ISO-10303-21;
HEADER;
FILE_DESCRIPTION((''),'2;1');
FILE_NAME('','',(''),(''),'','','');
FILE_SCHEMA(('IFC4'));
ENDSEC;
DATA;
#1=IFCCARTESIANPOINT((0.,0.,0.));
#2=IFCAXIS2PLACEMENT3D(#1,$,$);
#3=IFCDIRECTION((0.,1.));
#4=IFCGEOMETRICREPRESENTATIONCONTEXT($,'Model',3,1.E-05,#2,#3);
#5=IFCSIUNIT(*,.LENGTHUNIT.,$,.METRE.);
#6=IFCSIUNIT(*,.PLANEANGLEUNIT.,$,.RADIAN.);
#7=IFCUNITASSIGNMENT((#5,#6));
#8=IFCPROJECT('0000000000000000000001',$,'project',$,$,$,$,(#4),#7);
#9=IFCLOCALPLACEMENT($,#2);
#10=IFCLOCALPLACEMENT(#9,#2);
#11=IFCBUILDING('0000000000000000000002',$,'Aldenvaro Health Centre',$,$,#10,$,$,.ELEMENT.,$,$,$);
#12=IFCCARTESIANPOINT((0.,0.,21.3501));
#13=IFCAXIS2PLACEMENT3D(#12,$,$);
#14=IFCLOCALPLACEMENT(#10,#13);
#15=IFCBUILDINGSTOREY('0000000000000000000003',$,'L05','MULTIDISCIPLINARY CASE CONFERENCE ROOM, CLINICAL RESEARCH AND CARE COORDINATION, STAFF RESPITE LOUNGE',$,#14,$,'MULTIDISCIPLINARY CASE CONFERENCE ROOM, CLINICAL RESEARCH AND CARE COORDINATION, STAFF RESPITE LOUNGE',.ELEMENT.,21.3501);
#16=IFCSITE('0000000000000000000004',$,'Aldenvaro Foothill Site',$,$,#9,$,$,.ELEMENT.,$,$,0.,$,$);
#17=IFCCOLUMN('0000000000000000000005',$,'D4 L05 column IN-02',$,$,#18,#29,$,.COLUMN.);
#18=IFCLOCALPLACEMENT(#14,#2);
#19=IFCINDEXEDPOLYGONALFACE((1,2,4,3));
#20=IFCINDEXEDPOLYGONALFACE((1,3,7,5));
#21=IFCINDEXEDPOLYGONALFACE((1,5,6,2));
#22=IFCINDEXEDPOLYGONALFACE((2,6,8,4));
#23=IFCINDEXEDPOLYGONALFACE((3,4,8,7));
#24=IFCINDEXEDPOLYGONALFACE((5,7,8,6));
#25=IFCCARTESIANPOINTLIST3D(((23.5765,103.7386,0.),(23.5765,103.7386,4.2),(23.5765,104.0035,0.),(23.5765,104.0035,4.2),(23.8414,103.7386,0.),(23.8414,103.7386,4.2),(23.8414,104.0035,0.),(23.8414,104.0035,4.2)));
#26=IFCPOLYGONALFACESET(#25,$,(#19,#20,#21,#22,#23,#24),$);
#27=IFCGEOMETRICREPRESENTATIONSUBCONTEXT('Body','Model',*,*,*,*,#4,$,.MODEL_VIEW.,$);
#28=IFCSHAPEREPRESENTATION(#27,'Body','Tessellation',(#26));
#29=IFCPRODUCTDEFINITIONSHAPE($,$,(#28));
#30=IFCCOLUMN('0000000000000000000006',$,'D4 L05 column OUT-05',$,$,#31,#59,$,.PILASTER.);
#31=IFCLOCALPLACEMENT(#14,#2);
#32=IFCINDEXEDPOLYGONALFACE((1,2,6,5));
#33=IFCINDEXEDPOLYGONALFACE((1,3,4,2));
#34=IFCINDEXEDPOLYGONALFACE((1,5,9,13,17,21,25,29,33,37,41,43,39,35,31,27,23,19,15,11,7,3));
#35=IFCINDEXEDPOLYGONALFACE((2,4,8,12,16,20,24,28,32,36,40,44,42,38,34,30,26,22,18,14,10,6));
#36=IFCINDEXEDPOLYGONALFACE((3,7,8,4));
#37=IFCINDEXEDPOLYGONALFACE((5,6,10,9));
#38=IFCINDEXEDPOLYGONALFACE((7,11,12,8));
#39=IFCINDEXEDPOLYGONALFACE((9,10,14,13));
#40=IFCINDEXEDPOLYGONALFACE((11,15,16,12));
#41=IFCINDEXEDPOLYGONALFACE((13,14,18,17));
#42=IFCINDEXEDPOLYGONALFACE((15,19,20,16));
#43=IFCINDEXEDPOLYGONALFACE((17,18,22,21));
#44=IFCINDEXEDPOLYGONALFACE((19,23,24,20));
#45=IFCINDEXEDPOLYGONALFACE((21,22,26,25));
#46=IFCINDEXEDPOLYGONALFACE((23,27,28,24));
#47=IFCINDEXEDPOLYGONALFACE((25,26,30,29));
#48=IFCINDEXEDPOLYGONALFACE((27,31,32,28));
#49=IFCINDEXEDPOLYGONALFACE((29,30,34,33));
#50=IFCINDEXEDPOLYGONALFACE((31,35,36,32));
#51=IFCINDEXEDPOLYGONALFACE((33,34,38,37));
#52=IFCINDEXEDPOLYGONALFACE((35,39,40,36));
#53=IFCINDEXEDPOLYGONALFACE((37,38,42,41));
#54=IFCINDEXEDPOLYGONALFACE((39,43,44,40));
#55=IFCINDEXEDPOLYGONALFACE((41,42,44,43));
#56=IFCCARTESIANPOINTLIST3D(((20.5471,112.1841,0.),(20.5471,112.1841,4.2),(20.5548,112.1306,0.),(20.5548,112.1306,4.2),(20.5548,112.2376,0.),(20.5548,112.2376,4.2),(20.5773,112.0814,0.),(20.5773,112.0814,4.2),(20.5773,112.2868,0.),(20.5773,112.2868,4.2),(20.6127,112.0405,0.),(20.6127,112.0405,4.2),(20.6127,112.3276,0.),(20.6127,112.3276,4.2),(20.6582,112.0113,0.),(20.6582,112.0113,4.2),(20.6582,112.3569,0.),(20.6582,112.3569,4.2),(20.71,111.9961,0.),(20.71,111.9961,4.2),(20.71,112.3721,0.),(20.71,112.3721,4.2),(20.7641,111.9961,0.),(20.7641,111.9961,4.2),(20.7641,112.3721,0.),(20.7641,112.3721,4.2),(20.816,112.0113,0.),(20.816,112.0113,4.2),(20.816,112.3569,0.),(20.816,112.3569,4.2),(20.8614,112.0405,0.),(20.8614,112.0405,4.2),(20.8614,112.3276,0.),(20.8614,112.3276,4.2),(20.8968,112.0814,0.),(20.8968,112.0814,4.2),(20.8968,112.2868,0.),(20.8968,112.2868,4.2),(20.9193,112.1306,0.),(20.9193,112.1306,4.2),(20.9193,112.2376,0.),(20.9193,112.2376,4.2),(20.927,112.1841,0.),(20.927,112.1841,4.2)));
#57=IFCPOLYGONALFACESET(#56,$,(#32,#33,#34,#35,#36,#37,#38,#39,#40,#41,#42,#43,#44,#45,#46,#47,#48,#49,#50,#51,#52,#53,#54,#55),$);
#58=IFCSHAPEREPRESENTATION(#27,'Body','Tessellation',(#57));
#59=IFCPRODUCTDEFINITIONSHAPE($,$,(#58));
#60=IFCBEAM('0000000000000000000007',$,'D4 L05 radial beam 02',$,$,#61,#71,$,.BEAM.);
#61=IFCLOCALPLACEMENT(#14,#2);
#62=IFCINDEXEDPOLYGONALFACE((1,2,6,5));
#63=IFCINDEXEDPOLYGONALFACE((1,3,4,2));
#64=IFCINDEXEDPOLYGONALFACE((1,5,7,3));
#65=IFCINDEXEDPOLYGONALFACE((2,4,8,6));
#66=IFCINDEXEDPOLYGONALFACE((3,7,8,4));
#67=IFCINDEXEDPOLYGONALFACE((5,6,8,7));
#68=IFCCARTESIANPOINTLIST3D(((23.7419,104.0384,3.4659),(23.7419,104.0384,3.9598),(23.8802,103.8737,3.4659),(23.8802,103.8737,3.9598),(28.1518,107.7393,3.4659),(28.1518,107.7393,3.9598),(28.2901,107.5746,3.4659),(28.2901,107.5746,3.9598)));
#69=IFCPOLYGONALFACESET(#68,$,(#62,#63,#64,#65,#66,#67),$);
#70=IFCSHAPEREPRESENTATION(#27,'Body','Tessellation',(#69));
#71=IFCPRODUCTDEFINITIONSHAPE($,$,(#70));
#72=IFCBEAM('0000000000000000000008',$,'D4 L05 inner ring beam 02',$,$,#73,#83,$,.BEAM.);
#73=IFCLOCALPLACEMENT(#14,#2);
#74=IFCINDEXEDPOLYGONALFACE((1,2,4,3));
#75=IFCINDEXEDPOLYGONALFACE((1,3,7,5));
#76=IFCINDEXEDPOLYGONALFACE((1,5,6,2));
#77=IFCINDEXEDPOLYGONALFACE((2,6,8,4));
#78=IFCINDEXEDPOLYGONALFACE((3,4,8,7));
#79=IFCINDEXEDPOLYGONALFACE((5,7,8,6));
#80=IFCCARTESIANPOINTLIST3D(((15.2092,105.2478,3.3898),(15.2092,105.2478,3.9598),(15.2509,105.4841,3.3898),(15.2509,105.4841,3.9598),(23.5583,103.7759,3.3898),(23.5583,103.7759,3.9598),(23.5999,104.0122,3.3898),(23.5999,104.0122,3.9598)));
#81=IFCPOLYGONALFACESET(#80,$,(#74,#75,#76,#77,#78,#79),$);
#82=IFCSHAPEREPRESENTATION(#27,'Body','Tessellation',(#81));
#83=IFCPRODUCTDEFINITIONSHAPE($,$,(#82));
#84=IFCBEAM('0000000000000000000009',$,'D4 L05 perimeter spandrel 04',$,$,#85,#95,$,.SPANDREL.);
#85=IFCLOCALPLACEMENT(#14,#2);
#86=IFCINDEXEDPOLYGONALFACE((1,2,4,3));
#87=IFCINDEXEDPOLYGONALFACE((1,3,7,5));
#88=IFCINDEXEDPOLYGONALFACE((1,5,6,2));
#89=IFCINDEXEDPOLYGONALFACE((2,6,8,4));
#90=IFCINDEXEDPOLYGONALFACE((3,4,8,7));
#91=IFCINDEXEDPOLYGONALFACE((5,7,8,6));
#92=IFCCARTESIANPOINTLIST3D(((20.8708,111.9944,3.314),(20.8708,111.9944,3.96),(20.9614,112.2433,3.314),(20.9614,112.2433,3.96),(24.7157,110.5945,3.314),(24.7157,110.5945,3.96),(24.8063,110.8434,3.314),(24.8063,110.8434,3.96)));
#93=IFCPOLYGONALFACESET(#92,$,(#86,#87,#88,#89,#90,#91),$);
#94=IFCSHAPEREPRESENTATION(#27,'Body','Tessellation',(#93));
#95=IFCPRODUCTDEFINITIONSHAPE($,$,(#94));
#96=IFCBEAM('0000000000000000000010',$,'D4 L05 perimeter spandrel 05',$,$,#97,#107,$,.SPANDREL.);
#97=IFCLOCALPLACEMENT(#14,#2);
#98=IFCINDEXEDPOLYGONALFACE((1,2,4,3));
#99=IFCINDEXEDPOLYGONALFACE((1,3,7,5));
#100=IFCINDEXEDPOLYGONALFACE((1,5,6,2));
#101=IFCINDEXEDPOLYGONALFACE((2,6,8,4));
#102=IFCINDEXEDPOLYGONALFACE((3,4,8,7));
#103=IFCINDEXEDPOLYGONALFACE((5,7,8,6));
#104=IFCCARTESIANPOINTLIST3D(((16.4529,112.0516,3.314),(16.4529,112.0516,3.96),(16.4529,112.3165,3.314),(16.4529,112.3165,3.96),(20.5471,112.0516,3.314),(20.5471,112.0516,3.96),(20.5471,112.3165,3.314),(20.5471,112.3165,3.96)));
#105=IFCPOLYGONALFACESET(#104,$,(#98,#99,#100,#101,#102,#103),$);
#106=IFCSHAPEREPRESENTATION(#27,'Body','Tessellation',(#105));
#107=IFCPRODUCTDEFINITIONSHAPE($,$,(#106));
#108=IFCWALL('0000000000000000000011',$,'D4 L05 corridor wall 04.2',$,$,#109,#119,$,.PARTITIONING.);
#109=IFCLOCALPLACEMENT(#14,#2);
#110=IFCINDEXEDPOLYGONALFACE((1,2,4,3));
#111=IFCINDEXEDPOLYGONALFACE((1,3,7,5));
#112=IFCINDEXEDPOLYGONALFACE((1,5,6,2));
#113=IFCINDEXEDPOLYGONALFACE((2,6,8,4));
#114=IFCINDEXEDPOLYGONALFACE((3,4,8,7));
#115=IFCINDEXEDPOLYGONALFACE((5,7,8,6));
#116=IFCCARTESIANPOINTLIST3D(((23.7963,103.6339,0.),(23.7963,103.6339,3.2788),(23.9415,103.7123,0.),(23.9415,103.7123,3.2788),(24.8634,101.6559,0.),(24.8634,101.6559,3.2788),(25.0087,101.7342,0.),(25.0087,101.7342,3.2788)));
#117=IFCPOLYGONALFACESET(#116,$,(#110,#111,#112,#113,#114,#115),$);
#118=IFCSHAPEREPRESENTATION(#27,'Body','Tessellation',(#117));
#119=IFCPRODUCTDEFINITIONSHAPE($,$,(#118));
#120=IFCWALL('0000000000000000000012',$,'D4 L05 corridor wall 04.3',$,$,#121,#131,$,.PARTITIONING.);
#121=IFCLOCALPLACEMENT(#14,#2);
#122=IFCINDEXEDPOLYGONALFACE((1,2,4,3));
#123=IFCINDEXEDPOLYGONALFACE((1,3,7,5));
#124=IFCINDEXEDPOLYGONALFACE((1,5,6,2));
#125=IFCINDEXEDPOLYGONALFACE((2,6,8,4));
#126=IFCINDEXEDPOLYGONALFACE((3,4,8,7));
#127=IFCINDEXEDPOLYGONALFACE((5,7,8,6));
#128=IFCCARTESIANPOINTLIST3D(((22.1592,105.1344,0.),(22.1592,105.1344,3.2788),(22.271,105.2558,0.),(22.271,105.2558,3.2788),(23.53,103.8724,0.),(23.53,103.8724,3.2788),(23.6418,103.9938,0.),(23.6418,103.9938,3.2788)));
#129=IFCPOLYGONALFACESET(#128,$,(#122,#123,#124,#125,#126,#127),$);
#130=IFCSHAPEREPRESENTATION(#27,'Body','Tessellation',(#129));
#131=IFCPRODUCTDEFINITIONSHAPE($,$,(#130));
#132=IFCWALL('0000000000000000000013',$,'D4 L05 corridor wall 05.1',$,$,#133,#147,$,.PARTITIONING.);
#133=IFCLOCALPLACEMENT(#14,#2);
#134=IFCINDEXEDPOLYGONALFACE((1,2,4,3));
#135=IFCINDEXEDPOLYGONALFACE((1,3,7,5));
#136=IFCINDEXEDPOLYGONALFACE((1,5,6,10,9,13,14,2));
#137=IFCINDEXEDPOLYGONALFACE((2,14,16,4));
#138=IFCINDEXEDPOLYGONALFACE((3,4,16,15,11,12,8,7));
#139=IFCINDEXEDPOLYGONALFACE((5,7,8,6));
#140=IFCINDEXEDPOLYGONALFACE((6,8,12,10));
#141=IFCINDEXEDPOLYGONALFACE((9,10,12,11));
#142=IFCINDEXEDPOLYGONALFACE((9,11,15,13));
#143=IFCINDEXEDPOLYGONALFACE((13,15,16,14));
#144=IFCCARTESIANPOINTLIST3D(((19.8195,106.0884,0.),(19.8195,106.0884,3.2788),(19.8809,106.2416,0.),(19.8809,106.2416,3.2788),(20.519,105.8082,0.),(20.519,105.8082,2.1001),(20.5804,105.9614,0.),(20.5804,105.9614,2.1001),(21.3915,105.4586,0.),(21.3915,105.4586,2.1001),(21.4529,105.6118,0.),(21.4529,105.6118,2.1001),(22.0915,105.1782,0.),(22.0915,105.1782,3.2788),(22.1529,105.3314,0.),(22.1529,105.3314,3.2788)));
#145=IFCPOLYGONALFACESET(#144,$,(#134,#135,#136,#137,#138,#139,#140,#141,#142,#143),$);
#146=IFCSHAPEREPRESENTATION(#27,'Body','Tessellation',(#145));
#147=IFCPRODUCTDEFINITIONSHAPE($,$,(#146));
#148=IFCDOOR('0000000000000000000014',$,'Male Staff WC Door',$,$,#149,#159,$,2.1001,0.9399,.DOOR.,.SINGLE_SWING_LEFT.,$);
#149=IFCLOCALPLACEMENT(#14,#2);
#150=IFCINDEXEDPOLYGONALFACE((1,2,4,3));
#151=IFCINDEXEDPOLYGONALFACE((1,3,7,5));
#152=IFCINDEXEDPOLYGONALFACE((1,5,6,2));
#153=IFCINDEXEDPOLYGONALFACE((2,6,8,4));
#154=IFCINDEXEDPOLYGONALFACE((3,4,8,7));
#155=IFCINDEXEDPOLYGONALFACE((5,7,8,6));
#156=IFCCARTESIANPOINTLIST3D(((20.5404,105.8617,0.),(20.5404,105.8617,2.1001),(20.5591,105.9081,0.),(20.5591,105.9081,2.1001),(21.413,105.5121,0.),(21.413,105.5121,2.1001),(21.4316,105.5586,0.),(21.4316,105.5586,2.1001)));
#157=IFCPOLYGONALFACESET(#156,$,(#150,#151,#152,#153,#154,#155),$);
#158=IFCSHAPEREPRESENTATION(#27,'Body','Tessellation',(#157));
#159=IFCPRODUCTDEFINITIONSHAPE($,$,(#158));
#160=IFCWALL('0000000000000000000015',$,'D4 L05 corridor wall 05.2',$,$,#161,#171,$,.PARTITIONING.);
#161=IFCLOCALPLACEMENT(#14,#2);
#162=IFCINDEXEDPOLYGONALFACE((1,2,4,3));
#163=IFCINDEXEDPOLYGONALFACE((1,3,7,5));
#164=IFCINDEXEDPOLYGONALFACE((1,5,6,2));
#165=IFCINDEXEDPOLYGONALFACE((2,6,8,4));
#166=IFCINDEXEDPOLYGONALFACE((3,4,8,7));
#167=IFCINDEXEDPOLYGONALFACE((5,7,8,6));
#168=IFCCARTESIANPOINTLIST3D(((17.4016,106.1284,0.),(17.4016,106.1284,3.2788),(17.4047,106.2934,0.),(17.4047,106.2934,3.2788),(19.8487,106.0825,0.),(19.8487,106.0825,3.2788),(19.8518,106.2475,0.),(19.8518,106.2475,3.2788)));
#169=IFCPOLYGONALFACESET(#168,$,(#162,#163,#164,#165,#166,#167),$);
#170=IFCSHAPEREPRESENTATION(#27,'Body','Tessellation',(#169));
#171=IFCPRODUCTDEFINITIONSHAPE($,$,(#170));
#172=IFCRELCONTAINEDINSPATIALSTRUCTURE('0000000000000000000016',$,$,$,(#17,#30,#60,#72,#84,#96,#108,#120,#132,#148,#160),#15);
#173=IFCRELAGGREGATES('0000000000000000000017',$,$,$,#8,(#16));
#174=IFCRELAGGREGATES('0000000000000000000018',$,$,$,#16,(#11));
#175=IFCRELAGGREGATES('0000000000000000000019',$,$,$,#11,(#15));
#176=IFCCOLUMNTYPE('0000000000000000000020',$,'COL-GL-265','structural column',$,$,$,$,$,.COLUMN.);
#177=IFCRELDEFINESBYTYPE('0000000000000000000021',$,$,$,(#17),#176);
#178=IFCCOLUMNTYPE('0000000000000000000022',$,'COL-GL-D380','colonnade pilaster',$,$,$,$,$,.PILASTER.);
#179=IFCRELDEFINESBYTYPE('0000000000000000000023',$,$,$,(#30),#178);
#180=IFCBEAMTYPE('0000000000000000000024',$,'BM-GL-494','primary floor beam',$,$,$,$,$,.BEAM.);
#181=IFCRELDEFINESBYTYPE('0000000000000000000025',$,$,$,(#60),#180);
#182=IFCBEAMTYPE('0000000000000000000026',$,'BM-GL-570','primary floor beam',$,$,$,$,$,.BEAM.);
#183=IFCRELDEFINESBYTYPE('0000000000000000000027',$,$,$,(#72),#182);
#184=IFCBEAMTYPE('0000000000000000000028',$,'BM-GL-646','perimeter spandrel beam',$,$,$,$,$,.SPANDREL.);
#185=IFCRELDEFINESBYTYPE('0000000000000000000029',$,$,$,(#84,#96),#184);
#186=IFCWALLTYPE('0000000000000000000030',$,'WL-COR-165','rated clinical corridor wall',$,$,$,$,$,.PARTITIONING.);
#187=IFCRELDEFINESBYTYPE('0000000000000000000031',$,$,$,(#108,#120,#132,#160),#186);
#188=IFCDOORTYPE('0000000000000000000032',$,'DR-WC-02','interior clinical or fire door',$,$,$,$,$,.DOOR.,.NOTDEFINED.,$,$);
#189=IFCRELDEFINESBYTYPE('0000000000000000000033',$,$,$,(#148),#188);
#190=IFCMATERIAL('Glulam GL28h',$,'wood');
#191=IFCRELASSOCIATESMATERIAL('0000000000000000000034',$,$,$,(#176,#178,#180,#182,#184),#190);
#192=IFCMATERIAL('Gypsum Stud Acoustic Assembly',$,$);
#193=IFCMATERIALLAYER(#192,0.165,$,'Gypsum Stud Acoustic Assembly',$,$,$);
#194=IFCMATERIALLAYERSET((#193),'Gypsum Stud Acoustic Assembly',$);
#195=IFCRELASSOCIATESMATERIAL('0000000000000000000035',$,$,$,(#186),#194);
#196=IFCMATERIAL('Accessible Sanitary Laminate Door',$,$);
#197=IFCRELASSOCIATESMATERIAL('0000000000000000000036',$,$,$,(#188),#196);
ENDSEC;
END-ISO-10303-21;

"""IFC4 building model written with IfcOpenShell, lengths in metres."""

from ifc_helpers import new_model, si_unit, direction, frame, frame_2d, origin, origin_2d, place, context, subcontext, project, spatial, rectangle, circle, extrude, material, layer, layer_set, material_profile, profile_set, type_object, element, fill, save


model = new_model("IFC4")

# Units and contexts
model_context = context("Model", 3, precision=1e-05, world=origin(), true_north=direction((0.0, 1.0)))
body_context = subcontext(model_context, "Body", "Model", "MODEL_VIEW")
ifc_project = project(units=[si_unit("LENGTHUNIT", "METRE"), si_unit("PLANEANGLEUNIT", "RADIAN")], contexts=[model_context])

# Site, building, storey
site_placement = place(None, origin())
site = spatial("IfcSite", under=ifc_project, at=site_placement, Name="Aldenvaro Foothill Site", CompositionType="ELEMENT", RefElevation=0.0)
building_placement = place(site_placement, origin())
building = spatial("IfcBuilding", under=site, at=building_placement, Name="Aldenvaro Health Centre", CompositionType="ELEMENT")
storey_placement = place(building_placement, frame((0.0, 0.0, 21.3501)))
storey = spatial("IfcBuildingStorey", under=building, at=storey_placement, Name="L05", Description="MULTIDISCIPLINARY CASE CONFERENCE ROOM, CLINICAL RESEARCH AND CARE COORDINATION, STAFF RESPITE LOUNGE", LongName="MULTIDISCIPLINARY CASE CONFERENCE ROOM, CLINICAL RESEARCH AND CARE COORDINATION, STAFF RESPITE LOUNGE", CompositionType="ELEMENT", Elevation=21.3501)

# Columns
ifc_material_1 = material(Name="Glulam GL28h", Category="wood")
ifc_material_profile_1 = material_profile(ifc_material_1, rectangle(XDim=0.2649, YDim=0.2649, at=origin_2d()), Name="GL 265x265", Category="wood")
ifc_profile_set_1 = profile_set([ifc_material_profile_1], Name="Glulam GL28h")
column_type_1 = type_object("IfcColumnType", Name="COL-GL-265", Description="structural column", PredefinedType="COLUMN", material=ifc_profile_set_1)
column_1_placement = place(storey_placement, frame((23.709, 103.8711, 0.0), z_axis=(0.0, 0.0, 1.0), x_axis=(1.0, 0.0, 0.0)))
element("IfcColumn", 1, at=column_1_placement, inside=storey, type_object=column_type_1, Name="D4 L05 column IN-02", PredefinedType="COLUMN", context=body_context, shape_type="SweptSolid", body=[
    extrude(rectangle(XDim=0.2649, YDim=0.2649, at=origin_2d()), origin(), (0.0, 0.0, 1.0), 4.2),
])
ifc_material_profile_2 = material_profile(ifc_material_1, circle(Radius=0.1899, at=origin_2d()), Name="GL D380", Category="wood")
ifc_profile_set_2 = profile_set([ifc_material_profile_2], Name="Glulam GL28h")
column_type_2 = type_object("IfcColumnType", Name="COL-GL-D380", Description="colonnade pilaster", PredefinedType="PILASTER", material=ifc_profile_set_2)
column_2_placement = place(storey_placement, frame((20.7371, 112.1841, 0.0), z_axis=(0.0, 0.0, 1.0), x_axis=(1.0, 0.0, 0.0)))
element("IfcColumn", 2, at=column_2_placement, inside=storey, type_object=column_type_2, Name="D4 L05 column OUT-05", PredefinedType="PILASTER", context=body_context, shape_type="SweptSolid", body=[
    extrude(circle(Radius=0.1899, at=origin_2d()), origin(), (0.0, 0.0, 1.0), 4.2),
])

# Beams
ifc_material_profile_3 = material_profile(ifc_material_1, rectangle(XDim=0.2151, YDim=0.4939, at=origin_2d()), Name="GL 215x494", Category="wood")
ifc_profile_set_3 = profile_set([ifc_material_profile_3], Name="Glulam GL28h")
beam_type_1 = type_object("IfcBeamType", Name="BM-GL-494", Description="primary floor beam", PredefinedType="BEAM", material=ifc_profile_set_3)
beam_1_placement = place(storey_placement, frame((23.811, 103.9561, 3.7129), z_axis=(0.765996, 0.642846, 0.0), x_axis=(-0.642846, 0.765996, 0.0)))
element("IfcBeam", 3, at=beam_1_placement, inside=storey, type_object=beam_type_1, Name="D4 L05 radial beam 02", PredefinedType="BEAM", context=body_context, shape_type="SweptSolid", body=[
    extrude(rectangle(XDim=0.2151, YDim=0.4939, at=origin_2d()), origin(), (0.0, 0.0, 1.0), 5.7571),
])
ifc_material_profile_4 = material_profile(ifc_material_1, rectangle(XDim=0.24, YDim=0.5701, at=origin_2d()), Name="GL 240x570", Category="wood")
ifc_profile_set_4 = profile_set([ifc_material_profile_4], Name="Glulam GL28h")
beam_type_2 = type_object("IfcBeamType", Name="BM-GL-570", Description="primary floor beam", PredefinedType="BEAM", material=ifc_profile_set_4)
beam_2_placement = place(storey_placement, frame((23.5791, 103.894, 3.6748), z_axis=(-0.984813, 0.173619, 0.0), x_axis=(-0.173619, -0.984813, 0.0)))
element("IfcBeam", 4, at=beam_2_placement, inside=storey, type_object=beam_type_2, Name="D4 L05 inner ring beam 02", PredefinedType="BEAM", context=body_context, shape_type="SweptSolid", body=[
    extrude(rectangle(XDim=0.24, YDim=0.5701, at=origin_2d()), origin(), (0.0, 0.0, 1.0), 8.4778),
])
ifc_material_profile_5 = material_profile(ifc_material_1, rectangle(XDim=0.2649, YDim=0.646, at=origin_2d()), Name="GL 265x646", Category="wood")
ifc_profile_set_5 = profile_set([ifc_material_profile_5], Name="Glulam GL28h")
beam_type_3 = type_object("IfcBeamType", Name="BM-GL-646", Description="perimeter spandrel beam", PredefinedType="SPANDREL", material=ifc_profile_set_5)
beam_3_placement = place(storey_placement, frame((24.761, 110.719, 3.637), z_axis=(-0.939657, 0.342117, 0.0), x_axis=(-0.342117, -0.939657, 0.0)))
element("IfcBeam", 5, at=beam_3_placement, inside=storey, type_object=beam_type_3, Name="D4 L05 perimeter spandrel 04", PredefinedType="SPANDREL", context=body_context, shape_type="SweptSolid", body=[
    extrude(rectangle(XDim=0.2649, YDim=0.646, at=origin_2d()), origin(), (0.0, 0.0, 1.0), 4.0918),
])
beam_4_placement = place(storey_placement, frame((20.5471, 112.1841, 3.637), z_axis=(-1.0, 0.0, 0.0), x_axis=(0.0, -1.0, 0.0)))
element("IfcBeam", 6, at=beam_4_placement, inside=storey, type_object=beam_type_3, Name="D4 L05 perimeter spandrel 05", PredefinedType="SPANDREL", context=body_context, shape_type="SweptSolid", body=[
    extrude(rectangle(XDim=0.2649, YDim=0.646, at=origin_2d()), origin(), (0.0, 0.0, 1.0), 4.0942),
])

# Walls
ifc_material_2 = material(Name="Gypsum Stud Acoustic Assembly")
ifc_layer_1 = layer(ifc_material_2, 0.165, Name="Gypsum Stud Acoustic Assembly")
ifc_layer_set_1 = layer_set([ifc_layer_1], Name="Gypsum Stud Acoustic Assembly")
wall_type_1 = type_object("IfcWallType", Name="WL-COR-165", Description="rated clinical corridor wall", PredefinedType="PARTITIONING", material=ifc_layer_set_1)
wall_1_placement = place(storey_placement, frame((24.936, 101.6951, 0.0), z_axis=(0.0, 0.0, 1.0), x_axis=(-0.474806, 0.880091, 0.0)))
element("IfcWall", 7, at=wall_1_placement, inside=storey, type_object=wall_type_1, Name="D4 L05 corridor wall 04.2", PredefinedType="PARTITIONING", context=body_context, shape_type="SweptSolid", body=[
    extrude(rectangle(XDim=2.2476, YDim=0.165, at=frame_2d((1.1238, 0.0))), origin(), (0.0, 0.0, 1.0), 3.2788),
])
wall_2_placement = place(storey_placement, frame((23.5859, 103.9331, 0.0), z_axis=(0.0, 0.0, 1.0), x_axis=(-0.735722, 0.677284, 0.0)))
element("IfcWall", 8, at=wall_2_placement, inside=storey, type_object=wall_type_1, Name="D4 L05 corridor wall 04.3", PredefinedType="PARTITIONING", context=body_context, shape_type="SweptSolid", body=[
    extrude(rectangle(XDim=1.8633, YDim=0.165, at=frame_2d((0.9316, 0.0))), origin(), (0.0, 0.0, 1.0), 3.2788),
])

# Wall, opening, door
wall_3_placement = place(storey_placement, frame((22.1221, 105.2549, 0.0), z_axis=(0.0, 0.0, 1.0), x_axis=(-0.928284, 0.371872, 0.0)))
wall_3 = element("IfcWall", 9, at=wall_3_placement, inside=storey, type_object=wall_type_1, Name="D4 L05 corridor wall 05.1", PredefinedType="PARTITIONING", context=body_context, shape_type="SweptSolid", body=[
    extrude(rectangle(XDim=2.4475, YDim=0.165, at=frame_2d((1.2236, 0.0))), origin(), (0.0, 0.0, 1.0), 3.2788),
])
opening_1_placement = place(wall_3_placement, frame((0.7539, 0.0, 0.0)))
opening_1 = element("IfcOpeningElement", 10, at=opening_1_placement, cuts=wall_3, PredefinedType="OPENING", context=body_context, shape_type="SweptSolid", body=[
    extrude(rectangle(XDim=0.9399, YDim=2.1001, at=frame_2d((0.47, 1.05))), frame((0.0, 0.0925, 0.0), z_axis=(0.0, -1.0, 0.0), x_axis=(1.0, 0.0, 0.0)), (0.0, 0.0, 1.0), 0.1851),
])
ifc_material_3 = material(Name="Accessible Sanitary Laminate Door")
door_type = type_object("IfcDoorType", Name="DR-WC-02", Description="interior clinical or fire door", OperationType="NOTDEFINED", PredefinedType="DOOR", material=ifc_material_3)
door_placement = place(opening_1_placement, origin())
door = element("IfcDoor", 11, at=door_placement, inside=storey, type_object=door_type, Name="Male Staff WC Door", OperationType="SINGLE_SWING_LEFT", OverallHeight=2.1001, OverallWidth=0.9399, PredefinedType="DOOR", context=body_context, shape_type="SweptSolid", body=[
    extrude(rectangle(XDim=0.9399, YDim=2.1001, at=frame_2d((0.47, 1.05))), frame((0.0, 0.0249, 0.0), z_axis=(0.0, -1.0, 0.0), x_axis=(1.0, 0.0, 0.0)), (0.0, 0.0, 1.0), 0.05),
])
fill(opening_1, door)

# Wall
wall_4_placement = place(storey_placement, frame((19.8501, 106.165, 0.0), z_axis=(0.0, 0.0, 1.0), x_axis=(-0.999824, 0.018754, 0.0)))
element("IfcWall", 12, at=wall_4_placement, inside=storey, type_object=wall_type_1, Name="D4 L05 corridor wall 05.2", PredefinedType="PARTITIONING", context=body_context, shape_type="SweptSolid", body=[
    extrude(rectangle(XDim=2.4475, YDim=0.165, at=frame_2d((1.2236, 0.0))), origin(), (0.0, 0.0, 1.0), 3.2788),
])

save(model, "model.ifc")
